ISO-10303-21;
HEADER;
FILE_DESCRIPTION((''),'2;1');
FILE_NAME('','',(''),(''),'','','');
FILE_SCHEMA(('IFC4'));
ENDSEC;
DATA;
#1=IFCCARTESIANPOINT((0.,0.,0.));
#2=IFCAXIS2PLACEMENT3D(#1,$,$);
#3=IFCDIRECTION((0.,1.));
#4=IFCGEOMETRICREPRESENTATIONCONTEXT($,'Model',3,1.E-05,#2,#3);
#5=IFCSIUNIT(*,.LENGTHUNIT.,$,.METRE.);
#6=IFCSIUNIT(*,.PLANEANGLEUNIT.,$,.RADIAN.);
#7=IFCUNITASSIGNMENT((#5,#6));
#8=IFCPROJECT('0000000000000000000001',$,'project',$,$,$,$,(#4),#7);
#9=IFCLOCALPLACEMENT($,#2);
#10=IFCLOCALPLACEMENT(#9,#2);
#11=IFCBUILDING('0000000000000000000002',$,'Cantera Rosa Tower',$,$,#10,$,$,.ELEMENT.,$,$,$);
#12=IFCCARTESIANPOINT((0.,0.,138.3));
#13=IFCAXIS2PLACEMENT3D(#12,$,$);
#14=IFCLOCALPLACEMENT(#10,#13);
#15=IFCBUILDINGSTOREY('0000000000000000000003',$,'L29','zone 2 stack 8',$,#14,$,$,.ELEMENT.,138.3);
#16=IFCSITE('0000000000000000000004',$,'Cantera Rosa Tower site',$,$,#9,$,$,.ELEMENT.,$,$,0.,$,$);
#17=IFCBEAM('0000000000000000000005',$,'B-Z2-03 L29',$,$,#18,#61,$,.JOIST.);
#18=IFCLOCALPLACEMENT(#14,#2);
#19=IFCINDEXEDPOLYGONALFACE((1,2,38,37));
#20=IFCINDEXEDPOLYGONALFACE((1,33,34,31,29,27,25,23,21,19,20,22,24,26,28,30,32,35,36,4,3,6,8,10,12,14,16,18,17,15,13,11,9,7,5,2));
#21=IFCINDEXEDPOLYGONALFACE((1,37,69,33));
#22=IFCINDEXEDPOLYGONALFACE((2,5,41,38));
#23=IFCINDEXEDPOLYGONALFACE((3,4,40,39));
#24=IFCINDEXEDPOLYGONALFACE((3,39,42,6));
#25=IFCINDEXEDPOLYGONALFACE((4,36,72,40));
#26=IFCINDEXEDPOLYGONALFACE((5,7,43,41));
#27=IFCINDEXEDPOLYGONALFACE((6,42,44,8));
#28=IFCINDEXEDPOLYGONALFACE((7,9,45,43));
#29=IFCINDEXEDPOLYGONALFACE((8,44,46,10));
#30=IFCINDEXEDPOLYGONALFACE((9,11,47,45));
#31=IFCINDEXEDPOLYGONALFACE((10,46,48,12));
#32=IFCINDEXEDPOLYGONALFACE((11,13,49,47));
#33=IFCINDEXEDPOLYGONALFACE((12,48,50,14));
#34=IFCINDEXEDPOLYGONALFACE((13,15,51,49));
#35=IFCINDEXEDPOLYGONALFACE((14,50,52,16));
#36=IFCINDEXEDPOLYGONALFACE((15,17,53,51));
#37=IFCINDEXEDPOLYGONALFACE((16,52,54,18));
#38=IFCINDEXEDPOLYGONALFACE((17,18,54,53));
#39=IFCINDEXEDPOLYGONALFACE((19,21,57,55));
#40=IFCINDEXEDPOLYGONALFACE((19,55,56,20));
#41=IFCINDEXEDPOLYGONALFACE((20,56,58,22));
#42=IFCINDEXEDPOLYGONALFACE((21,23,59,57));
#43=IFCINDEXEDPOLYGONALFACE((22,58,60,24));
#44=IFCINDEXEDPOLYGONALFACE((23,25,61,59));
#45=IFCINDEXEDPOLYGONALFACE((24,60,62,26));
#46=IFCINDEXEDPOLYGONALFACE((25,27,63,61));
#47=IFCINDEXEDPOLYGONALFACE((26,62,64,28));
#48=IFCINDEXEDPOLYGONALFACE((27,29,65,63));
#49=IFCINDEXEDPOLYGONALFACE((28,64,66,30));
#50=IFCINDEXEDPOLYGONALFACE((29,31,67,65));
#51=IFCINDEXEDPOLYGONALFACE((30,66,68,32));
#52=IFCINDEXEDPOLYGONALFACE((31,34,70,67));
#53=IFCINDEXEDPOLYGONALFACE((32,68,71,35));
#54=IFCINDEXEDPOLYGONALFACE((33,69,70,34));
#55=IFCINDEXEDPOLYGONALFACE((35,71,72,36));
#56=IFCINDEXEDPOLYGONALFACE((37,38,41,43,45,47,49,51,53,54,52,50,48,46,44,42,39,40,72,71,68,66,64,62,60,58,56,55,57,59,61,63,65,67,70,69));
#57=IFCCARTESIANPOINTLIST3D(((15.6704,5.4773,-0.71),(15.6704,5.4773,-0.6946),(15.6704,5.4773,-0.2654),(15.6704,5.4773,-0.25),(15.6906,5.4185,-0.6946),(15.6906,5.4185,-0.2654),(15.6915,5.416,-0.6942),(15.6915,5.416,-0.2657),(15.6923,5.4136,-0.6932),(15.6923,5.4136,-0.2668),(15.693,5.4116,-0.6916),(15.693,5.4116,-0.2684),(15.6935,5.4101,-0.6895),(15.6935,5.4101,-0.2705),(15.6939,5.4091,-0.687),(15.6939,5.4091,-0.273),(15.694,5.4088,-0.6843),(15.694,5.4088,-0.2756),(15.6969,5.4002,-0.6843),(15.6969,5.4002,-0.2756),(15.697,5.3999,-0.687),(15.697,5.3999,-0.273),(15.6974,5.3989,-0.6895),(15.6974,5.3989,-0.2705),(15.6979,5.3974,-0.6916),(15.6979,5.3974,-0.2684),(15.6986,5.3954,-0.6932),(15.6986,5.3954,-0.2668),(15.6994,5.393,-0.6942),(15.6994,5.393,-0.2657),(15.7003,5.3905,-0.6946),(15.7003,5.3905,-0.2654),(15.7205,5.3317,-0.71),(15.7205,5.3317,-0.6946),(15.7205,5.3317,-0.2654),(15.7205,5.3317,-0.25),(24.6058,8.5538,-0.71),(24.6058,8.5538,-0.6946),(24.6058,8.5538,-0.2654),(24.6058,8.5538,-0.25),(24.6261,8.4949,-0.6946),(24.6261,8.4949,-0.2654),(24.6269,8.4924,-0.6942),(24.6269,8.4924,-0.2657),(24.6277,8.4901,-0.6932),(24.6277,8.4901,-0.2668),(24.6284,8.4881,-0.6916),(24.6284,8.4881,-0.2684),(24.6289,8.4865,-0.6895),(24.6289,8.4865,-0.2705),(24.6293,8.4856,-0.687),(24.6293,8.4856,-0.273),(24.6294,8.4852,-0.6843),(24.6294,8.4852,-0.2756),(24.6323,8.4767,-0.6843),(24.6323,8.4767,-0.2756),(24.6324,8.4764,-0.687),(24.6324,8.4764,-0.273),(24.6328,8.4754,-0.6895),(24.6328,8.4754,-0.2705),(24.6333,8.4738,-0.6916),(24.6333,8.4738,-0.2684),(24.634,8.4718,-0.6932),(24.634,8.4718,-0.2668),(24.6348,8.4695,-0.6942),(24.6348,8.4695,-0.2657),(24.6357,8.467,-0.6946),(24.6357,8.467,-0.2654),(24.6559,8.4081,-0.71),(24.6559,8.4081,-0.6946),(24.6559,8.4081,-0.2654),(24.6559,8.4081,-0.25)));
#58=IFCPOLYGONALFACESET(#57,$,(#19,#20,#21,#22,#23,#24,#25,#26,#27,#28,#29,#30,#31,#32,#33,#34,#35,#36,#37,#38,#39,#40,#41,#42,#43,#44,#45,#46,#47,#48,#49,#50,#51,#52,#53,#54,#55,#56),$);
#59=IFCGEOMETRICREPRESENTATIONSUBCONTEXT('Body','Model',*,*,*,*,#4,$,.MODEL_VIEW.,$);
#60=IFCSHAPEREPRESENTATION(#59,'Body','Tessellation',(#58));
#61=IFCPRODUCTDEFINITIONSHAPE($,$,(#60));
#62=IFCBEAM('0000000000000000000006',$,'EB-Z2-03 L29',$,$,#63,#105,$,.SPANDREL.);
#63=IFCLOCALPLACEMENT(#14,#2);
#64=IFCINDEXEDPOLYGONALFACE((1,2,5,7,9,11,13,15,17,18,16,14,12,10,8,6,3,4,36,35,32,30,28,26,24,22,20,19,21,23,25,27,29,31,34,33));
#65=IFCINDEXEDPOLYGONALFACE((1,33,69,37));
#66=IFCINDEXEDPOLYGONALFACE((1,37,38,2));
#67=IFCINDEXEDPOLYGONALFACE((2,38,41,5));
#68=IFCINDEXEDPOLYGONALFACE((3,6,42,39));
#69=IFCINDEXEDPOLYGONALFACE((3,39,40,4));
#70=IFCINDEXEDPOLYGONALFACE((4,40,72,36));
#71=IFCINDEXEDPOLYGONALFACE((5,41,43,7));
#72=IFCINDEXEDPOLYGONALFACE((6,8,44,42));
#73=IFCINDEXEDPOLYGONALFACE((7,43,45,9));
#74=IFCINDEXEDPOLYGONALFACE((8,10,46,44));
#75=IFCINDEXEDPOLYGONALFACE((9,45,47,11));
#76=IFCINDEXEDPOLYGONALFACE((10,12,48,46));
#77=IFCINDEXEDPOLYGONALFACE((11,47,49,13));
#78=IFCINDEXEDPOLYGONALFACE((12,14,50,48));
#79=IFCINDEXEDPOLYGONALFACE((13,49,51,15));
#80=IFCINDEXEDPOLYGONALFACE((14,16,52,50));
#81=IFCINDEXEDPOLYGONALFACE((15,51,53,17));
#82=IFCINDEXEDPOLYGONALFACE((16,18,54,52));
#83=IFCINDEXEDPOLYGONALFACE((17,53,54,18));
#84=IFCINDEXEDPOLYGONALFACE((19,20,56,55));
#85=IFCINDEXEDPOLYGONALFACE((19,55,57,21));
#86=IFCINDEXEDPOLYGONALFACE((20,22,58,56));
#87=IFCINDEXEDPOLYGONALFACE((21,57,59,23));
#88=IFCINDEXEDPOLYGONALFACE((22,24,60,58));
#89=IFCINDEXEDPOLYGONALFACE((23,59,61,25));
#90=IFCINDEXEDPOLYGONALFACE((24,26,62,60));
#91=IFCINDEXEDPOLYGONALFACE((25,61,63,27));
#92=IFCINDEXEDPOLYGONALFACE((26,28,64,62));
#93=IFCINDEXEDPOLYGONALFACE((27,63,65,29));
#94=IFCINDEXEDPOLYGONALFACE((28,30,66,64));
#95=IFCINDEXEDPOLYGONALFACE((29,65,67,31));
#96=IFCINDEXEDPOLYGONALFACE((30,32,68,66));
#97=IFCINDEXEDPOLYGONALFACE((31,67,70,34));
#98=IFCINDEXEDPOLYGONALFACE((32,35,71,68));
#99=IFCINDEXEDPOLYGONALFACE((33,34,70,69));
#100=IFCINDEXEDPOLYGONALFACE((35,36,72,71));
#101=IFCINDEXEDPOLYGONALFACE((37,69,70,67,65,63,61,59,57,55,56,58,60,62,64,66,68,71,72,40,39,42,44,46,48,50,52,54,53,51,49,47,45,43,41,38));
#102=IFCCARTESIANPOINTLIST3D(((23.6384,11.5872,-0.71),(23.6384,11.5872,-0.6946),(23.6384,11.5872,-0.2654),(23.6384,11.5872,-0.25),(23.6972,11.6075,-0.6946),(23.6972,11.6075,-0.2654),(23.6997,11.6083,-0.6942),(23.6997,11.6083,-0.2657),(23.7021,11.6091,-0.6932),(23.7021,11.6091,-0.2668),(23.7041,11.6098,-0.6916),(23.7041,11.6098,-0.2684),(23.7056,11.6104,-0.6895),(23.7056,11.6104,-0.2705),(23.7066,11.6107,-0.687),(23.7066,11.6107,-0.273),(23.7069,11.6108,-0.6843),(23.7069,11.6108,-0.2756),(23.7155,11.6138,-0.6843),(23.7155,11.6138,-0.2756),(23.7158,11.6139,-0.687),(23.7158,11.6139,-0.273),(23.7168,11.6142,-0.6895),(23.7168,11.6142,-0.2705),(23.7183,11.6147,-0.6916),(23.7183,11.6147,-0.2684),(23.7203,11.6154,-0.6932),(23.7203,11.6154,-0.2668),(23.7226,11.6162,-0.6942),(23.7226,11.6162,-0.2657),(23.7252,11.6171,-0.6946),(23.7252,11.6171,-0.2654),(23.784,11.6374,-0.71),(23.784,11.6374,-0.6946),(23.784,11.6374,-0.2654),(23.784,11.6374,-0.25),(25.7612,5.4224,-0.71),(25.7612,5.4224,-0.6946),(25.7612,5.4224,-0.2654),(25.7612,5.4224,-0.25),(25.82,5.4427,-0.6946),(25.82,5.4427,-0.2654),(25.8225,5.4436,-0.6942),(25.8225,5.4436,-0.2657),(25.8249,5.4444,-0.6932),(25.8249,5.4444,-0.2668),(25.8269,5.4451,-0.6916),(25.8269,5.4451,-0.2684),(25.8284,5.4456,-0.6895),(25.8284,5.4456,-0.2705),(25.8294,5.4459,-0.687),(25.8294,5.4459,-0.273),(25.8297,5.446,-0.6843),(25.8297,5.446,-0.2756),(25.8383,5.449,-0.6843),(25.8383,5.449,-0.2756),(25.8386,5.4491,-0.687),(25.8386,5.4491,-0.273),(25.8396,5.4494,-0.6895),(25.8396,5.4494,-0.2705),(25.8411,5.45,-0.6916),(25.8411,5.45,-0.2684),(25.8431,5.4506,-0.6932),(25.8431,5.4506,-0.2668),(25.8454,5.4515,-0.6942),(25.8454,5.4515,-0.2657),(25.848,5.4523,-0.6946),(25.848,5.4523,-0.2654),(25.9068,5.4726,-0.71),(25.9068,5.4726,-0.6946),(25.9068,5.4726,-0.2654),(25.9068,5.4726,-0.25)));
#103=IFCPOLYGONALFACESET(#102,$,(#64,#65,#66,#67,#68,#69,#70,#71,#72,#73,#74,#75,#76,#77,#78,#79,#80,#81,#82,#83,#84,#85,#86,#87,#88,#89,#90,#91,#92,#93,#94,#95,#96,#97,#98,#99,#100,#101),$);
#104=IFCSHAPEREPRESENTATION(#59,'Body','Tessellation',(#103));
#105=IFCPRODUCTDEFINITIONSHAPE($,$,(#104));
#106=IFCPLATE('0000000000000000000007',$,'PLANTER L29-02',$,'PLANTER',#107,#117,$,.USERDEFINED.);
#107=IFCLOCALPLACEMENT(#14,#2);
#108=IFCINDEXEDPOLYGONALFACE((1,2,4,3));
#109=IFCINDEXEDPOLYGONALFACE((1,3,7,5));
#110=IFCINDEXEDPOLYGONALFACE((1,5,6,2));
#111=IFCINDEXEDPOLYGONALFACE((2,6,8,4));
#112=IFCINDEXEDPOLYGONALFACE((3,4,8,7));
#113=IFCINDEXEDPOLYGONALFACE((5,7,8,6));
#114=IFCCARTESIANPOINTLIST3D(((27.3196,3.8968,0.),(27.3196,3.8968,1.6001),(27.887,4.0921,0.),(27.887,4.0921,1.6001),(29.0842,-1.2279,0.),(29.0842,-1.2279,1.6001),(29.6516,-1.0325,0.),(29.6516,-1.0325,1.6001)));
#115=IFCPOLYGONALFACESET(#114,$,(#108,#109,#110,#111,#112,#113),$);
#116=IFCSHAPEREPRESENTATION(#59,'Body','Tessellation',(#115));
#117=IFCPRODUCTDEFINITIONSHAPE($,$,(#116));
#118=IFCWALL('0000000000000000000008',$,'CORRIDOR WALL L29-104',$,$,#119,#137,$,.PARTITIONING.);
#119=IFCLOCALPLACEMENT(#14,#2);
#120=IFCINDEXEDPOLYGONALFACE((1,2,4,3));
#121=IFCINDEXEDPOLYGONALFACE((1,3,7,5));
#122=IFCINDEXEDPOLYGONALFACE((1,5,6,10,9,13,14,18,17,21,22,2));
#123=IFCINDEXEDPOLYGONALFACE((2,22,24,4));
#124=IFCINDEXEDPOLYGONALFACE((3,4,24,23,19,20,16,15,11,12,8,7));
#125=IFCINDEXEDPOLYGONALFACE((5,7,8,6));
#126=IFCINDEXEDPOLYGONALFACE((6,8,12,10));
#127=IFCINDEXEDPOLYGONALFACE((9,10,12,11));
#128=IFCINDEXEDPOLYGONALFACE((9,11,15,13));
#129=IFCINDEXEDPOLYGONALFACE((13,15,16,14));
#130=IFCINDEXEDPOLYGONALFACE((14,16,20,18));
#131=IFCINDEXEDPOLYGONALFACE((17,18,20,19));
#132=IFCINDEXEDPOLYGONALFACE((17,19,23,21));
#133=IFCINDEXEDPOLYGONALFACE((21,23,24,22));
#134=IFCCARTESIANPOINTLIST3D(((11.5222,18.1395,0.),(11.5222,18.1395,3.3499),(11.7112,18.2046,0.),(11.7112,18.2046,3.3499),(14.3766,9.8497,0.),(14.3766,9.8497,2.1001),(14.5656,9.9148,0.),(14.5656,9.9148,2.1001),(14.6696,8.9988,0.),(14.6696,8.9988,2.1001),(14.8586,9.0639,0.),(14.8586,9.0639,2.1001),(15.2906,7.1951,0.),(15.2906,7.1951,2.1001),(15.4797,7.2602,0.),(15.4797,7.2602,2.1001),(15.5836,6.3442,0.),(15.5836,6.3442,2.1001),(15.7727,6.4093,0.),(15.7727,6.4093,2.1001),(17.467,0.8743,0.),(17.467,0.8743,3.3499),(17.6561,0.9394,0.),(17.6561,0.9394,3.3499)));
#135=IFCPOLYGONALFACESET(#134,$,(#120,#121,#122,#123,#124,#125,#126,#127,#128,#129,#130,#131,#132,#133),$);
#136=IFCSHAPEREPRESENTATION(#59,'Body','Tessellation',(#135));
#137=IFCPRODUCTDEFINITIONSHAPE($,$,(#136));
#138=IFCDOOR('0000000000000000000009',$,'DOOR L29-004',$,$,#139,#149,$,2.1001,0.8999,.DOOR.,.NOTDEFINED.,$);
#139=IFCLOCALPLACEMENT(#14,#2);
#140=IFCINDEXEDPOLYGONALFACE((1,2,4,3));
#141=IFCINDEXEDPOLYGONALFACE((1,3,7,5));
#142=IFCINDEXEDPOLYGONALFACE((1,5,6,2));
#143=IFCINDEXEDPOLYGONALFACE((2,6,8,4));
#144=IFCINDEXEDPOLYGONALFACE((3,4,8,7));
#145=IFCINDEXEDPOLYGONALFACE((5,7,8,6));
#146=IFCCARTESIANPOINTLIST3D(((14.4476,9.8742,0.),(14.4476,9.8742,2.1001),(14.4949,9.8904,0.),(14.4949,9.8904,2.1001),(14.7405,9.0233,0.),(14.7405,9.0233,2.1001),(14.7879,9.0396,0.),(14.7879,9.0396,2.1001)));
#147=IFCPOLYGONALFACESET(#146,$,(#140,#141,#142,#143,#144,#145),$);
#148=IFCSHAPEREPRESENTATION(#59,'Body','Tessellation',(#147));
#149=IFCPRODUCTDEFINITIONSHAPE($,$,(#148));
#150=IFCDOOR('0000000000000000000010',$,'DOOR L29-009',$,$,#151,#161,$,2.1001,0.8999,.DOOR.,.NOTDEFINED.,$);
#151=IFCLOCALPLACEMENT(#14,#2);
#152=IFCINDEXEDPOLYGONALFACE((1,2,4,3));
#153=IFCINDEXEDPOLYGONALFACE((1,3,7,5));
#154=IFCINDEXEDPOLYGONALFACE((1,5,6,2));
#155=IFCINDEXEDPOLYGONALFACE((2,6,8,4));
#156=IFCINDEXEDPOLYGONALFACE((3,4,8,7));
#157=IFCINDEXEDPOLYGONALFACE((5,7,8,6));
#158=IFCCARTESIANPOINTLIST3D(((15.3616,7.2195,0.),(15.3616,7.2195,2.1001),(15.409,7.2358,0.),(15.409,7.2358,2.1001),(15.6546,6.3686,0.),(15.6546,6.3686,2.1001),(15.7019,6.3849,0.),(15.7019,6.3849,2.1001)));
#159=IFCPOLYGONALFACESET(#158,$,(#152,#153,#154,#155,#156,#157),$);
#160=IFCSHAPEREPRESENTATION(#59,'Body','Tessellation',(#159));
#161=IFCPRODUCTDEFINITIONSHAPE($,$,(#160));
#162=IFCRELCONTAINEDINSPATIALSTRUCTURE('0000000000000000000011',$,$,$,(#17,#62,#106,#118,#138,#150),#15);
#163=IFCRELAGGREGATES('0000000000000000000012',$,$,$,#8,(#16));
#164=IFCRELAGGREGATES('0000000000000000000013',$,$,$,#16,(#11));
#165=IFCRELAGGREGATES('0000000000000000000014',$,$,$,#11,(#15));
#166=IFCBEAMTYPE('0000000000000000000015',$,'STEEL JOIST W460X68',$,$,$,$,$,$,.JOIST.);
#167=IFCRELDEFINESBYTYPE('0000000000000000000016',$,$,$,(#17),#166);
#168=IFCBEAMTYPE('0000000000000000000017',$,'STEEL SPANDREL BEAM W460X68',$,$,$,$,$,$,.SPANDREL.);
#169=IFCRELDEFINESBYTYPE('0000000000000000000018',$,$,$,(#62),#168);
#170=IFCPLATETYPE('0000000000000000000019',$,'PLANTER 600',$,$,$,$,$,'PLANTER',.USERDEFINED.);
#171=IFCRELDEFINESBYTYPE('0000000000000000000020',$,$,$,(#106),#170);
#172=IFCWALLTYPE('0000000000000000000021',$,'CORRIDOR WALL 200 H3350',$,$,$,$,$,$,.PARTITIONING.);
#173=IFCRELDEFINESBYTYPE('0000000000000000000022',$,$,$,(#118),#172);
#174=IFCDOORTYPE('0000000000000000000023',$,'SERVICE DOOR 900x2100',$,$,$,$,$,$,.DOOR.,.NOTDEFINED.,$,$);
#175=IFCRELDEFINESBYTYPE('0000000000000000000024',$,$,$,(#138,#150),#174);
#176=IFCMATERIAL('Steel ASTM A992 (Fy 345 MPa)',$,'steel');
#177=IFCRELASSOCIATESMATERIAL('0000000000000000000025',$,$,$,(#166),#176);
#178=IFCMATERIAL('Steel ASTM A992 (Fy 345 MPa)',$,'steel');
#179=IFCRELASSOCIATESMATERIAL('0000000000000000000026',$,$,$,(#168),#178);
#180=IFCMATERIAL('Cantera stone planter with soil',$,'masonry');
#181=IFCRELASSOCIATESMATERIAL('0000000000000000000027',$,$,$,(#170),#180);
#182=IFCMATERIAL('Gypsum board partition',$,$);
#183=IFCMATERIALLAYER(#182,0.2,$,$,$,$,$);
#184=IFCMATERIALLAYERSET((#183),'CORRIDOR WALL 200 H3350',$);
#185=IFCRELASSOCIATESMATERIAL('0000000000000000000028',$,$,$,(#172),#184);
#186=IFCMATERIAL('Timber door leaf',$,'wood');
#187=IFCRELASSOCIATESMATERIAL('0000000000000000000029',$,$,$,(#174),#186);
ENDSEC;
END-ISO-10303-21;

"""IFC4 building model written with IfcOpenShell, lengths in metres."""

from ifc_helpers import new_model, si_unit, direction, frame, frame_2d, origin, origin_2d, place, context, subcontext, project, spatial, rectangle, i_section, extrude, material, layer, layer_set, material_profile, profile_set, type_object, element, fill, save


model = new_model("IFC4")

# Units and contexts
model_context = context("Model", 3, precision=1e-05, world=origin(), true_north=direction((0.0, 1.0)))
body_context = subcontext(model_context, "Body", "Model", "MODEL_VIEW")
ifc_project = project(units=[si_unit("LENGTHUNIT", "METRE"), si_unit("PLANEANGLEUNIT", "RADIAN")], contexts=[model_context])

# Site, building, storey
site_placement = place(None, origin())
site = spatial("IfcSite", under=ifc_project, at=site_placement, Name="Cantera Rosa Tower site", CompositionType="ELEMENT", RefElevation=0.0)
building_placement = place(site_placement, origin())
building = spatial("IfcBuilding", under=site, at=building_placement, Name="Cantera Rosa Tower", CompositionType="ELEMENT")
storey_placement = place(building_placement, frame((0.0, 0.0, 138.3)))
storey = spatial("IfcBuildingStorey", under=building, at=storey_placement, Name="L29", Description="zone 2 stack 8", CompositionType="ELEMENT", Elevation=138.3)

# Beams
ifc_material_1 = material(Name="Steel ASTM A992 (Fy 345 MPa)", Category="steel")
ifc_material_profile_1 = material_profile(ifc_material_1, i_section(OverallWidth=0.1541, OverallDepth=0.46, WebThickness=0.009, FlangeThickness=0.0154, FilletRadius=0.0103, at=origin_2d()), Name="W460X68")
ifc_profile_set_1 = profile_set([ifc_material_profile_1], Name="Steel ASTM A992 (Fy 345 MPa)")
beam_type_1 = type_object("IfcBeamType", Name="STEEL JOIST W460X68", PredefinedType="JOIST", material=ifc_profile_set_1)
for number, where, z_axis, x_axis, name in (
    (1, (24.6309, 8.481, -0.48), (-0.945527, -0.325544, 0.0), (0.325544, -0.945527, 0.0), "B-Z2-03 L29"),
):
    element("IfcBeam", number, at=place(storey_placement, frame(where, z_axis=z_axis, x_axis=x_axis)), inside=storey, type_object=beam_type_1, Name=name, PredefinedType="JOIST", context=body_context, shape_type="SweptSolid", body=[
        extrude(i_section(OverallWidth=0.1541, OverallDepth=0.46, WebThickness=0.009, FlangeThickness=0.0154, FilletRadius=0.0103, at=origin_2d()), origin(), (0.0, 0.0, 1.0), 9.4502),
    ])
ifc_material_2 = material(Name="Steel ASTM A992 (Fy 345 MPa)", Category="steel")
ifc_material_profile_2 = material_profile(ifc_material_2, i_section(OverallWidth=0.1541, OverallDepth=0.46, WebThickness=0.009, FlangeThickness=0.0154, FilletRadius=0.0103, at=origin_2d()), Name="W460X68")
ifc_profile_set_2 = profile_set([ifc_material_profile_2], Name="Steel ASTM A992 (Fy 345 MPa)")
beam_type_2 = type_object("IfcBeamType", Name="STEEL SPANDREL BEAM W460X68", PredefinedType="SPANDREL", material=ifc_profile_set_2)
beam_1_placement = place(storey_placement, frame((25.834, 5.4475, -0.48), z_axis=(-0.325581, 0.945514, 0.0), x_axis=(-0.945514, -0.325581, 0.0)))
element("IfcBeam", 2, at=beam_1_placement, inside=storey, type_object=beam_type_2, Name="EB-Z2-03 L29", PredefinedType="SPANDREL", context=body_context, shape_type="SweptSolid", body=[
    extrude(i_section(OverallWidth=0.1541, OverallDepth=0.46, WebThickness=0.009, FlangeThickness=0.0154, FilletRadius=0.0103, at=origin_2d()), origin(), (0.0, 0.0, 1.0), 6.52),
])

# Plate
ifc_material_3 = material(Name="Cantera stone planter with soil", Category="masonry")
plate_type = type_object("IfcPlateType", Name="PLANTER 600", ElementType="PLANTER", PredefinedType="USERDEFINED", material=ifc_material_3)
plate_placement = place(storey_placement, frame((28.4856, 1.4321, 0.0), z_axis=(0.0, 0.0, 1.0), x_axis=(-0.325568, 0.945519, 0.0)))
element("IfcPlate", 3, at=plate_placement, inside=storey, type_object=plate_type, Name="PLANTER L29-02", ObjectType="PLANTER", PredefinedType="USERDEFINED", context=body_context, shape_type="SweptSolid", body=[
    extrude(rectangle(XDim=5.4199, YDim=0.6001, at=origin_2d()), origin(), (0.0, 0.0, 1.0), 1.6001),
])

# Wall, openings, doors
ifc_material_4 = material(Name="Gypsum board partition")
ifc_layer_1 = layer(ifc_material_4, 0.2)
ifc_layer_set_1 = layer_set([ifc_layer_1], Name="CORRIDOR WALL 200 H3350")
wall_type_1 = type_object("IfcWallType", Name="CORRIDOR WALL 200 H3350", PredefinedType="PARTITIONING", material=ifc_layer_set_1)
wall_1_placement = place(storey_placement, frame((17.5615, 0.907, 0.0), z_axis=(0.0, 0.0, 1.0), x_axis=(-0.325566, 0.945519, 0.0)))
wall_1 = element("IfcWall", 4, at=wall_1_placement, inside=storey, type_object=wall_type_1, Name="CORRIDOR WALL L29-104", PredefinedType="PARTITIONING", context=body_context, shape_type="SweptSolid", body=[
    extrude(rectangle(XDim=18.26, YDim=0.2, at=frame_2d((9.1299, 0.0))), origin(), (0.0, 0.0, 1.0), 3.3499),
])
opening_1_placement = place(wall_1_placement, frame((8.5925, 0.0, 0.0)))
opening_1 = element("IfcOpeningElement", 5, at=opening_1_placement, cuts=wall_1, PredefinedType="OPENING", context=body_context, shape_type="SweptSolid", body=[
    extrude(rectangle(XDim=0.8999, YDim=2.1001, at=frame_2d((0.45, 1.05))), frame((0.0, 0.1099, 0.0), z_axis=(0.0, -1.0, 0.0), x_axis=(1.0, 0.0, 0.0)), (0.0, 0.0, 1.0), 0.22),
])
opening_2_placement = place(wall_1_placement, frame((5.7849, 0.0, 0.0)))
opening_2 = element("IfcOpeningElement", 6, at=opening_2_placement, cuts=wall_1, PredefinedType="OPENING", context=body_context, shape_type="SweptSolid", body=[
    extrude(rectangle(XDim=0.8999, YDim=2.1001, at=frame_2d((0.45, 1.05))), frame((0.0, 0.1099, 0.0), z_axis=(0.0, -1.0, 0.0), x_axis=(1.0, 0.0, 0.0)), (0.0, 0.0, 1.0), 0.22),
])
ifc_material_5 = material(Name="Timber door leaf", Category="wood")
door_type_1 = type_object("IfcDoorType", Name="SERVICE DOOR 900x2100", OperationType="NOTDEFINED", PredefinedType="DOOR", material=ifc_material_5)
door_1_placement = place(opening_1_placement, origin())
door_1 = element("IfcDoor", 7, at=door_1_placement, inside=storey, type_object=door_type_1, Name="DOOR L29-004", OperationType="NOTDEFINED", OverallHeight=2.1001, OverallWidth=0.8999, PredefinedType="DOOR", context=body_context, shape_type="SweptSolid", body=[
    extrude(rectangle(XDim=0.8999, YDim=2.1001, at=frame_2d((0.45, 1.05))), frame((0.0, 0.0249, 0.0), z_axis=(0.0, -1.0, 0.0), x_axis=(1.0, 0.0, 0.0)), (0.0, 0.0, 1.0), 0.05),
])
fill(opening_1, door_1)
door_2_placement = place(opening_2_placement, origin())
door_2 = element("IfcDoor", 8, at=door_2_placement, inside=storey, type_object=door_type_1, Name="DOOR L29-009", OperationType="NOTDEFINED", OverallHeight=2.1001, OverallWidth=0.8999, PredefinedType="DOOR", context=body_context, shape_type="SweptSolid", body=[
    extrude(rectangle(XDim=0.8999, YDim=2.1001, at=frame_2d((0.45, 1.05))), frame((0.0, 0.0249, 0.0), z_axis=(0.0, -1.0, 0.0), x_axis=(1.0, 0.0, 0.0)), (0.0, 0.0, 1.0), 0.05),
])
fill(opening_2, door_2)

save(model, "model.ifc")
